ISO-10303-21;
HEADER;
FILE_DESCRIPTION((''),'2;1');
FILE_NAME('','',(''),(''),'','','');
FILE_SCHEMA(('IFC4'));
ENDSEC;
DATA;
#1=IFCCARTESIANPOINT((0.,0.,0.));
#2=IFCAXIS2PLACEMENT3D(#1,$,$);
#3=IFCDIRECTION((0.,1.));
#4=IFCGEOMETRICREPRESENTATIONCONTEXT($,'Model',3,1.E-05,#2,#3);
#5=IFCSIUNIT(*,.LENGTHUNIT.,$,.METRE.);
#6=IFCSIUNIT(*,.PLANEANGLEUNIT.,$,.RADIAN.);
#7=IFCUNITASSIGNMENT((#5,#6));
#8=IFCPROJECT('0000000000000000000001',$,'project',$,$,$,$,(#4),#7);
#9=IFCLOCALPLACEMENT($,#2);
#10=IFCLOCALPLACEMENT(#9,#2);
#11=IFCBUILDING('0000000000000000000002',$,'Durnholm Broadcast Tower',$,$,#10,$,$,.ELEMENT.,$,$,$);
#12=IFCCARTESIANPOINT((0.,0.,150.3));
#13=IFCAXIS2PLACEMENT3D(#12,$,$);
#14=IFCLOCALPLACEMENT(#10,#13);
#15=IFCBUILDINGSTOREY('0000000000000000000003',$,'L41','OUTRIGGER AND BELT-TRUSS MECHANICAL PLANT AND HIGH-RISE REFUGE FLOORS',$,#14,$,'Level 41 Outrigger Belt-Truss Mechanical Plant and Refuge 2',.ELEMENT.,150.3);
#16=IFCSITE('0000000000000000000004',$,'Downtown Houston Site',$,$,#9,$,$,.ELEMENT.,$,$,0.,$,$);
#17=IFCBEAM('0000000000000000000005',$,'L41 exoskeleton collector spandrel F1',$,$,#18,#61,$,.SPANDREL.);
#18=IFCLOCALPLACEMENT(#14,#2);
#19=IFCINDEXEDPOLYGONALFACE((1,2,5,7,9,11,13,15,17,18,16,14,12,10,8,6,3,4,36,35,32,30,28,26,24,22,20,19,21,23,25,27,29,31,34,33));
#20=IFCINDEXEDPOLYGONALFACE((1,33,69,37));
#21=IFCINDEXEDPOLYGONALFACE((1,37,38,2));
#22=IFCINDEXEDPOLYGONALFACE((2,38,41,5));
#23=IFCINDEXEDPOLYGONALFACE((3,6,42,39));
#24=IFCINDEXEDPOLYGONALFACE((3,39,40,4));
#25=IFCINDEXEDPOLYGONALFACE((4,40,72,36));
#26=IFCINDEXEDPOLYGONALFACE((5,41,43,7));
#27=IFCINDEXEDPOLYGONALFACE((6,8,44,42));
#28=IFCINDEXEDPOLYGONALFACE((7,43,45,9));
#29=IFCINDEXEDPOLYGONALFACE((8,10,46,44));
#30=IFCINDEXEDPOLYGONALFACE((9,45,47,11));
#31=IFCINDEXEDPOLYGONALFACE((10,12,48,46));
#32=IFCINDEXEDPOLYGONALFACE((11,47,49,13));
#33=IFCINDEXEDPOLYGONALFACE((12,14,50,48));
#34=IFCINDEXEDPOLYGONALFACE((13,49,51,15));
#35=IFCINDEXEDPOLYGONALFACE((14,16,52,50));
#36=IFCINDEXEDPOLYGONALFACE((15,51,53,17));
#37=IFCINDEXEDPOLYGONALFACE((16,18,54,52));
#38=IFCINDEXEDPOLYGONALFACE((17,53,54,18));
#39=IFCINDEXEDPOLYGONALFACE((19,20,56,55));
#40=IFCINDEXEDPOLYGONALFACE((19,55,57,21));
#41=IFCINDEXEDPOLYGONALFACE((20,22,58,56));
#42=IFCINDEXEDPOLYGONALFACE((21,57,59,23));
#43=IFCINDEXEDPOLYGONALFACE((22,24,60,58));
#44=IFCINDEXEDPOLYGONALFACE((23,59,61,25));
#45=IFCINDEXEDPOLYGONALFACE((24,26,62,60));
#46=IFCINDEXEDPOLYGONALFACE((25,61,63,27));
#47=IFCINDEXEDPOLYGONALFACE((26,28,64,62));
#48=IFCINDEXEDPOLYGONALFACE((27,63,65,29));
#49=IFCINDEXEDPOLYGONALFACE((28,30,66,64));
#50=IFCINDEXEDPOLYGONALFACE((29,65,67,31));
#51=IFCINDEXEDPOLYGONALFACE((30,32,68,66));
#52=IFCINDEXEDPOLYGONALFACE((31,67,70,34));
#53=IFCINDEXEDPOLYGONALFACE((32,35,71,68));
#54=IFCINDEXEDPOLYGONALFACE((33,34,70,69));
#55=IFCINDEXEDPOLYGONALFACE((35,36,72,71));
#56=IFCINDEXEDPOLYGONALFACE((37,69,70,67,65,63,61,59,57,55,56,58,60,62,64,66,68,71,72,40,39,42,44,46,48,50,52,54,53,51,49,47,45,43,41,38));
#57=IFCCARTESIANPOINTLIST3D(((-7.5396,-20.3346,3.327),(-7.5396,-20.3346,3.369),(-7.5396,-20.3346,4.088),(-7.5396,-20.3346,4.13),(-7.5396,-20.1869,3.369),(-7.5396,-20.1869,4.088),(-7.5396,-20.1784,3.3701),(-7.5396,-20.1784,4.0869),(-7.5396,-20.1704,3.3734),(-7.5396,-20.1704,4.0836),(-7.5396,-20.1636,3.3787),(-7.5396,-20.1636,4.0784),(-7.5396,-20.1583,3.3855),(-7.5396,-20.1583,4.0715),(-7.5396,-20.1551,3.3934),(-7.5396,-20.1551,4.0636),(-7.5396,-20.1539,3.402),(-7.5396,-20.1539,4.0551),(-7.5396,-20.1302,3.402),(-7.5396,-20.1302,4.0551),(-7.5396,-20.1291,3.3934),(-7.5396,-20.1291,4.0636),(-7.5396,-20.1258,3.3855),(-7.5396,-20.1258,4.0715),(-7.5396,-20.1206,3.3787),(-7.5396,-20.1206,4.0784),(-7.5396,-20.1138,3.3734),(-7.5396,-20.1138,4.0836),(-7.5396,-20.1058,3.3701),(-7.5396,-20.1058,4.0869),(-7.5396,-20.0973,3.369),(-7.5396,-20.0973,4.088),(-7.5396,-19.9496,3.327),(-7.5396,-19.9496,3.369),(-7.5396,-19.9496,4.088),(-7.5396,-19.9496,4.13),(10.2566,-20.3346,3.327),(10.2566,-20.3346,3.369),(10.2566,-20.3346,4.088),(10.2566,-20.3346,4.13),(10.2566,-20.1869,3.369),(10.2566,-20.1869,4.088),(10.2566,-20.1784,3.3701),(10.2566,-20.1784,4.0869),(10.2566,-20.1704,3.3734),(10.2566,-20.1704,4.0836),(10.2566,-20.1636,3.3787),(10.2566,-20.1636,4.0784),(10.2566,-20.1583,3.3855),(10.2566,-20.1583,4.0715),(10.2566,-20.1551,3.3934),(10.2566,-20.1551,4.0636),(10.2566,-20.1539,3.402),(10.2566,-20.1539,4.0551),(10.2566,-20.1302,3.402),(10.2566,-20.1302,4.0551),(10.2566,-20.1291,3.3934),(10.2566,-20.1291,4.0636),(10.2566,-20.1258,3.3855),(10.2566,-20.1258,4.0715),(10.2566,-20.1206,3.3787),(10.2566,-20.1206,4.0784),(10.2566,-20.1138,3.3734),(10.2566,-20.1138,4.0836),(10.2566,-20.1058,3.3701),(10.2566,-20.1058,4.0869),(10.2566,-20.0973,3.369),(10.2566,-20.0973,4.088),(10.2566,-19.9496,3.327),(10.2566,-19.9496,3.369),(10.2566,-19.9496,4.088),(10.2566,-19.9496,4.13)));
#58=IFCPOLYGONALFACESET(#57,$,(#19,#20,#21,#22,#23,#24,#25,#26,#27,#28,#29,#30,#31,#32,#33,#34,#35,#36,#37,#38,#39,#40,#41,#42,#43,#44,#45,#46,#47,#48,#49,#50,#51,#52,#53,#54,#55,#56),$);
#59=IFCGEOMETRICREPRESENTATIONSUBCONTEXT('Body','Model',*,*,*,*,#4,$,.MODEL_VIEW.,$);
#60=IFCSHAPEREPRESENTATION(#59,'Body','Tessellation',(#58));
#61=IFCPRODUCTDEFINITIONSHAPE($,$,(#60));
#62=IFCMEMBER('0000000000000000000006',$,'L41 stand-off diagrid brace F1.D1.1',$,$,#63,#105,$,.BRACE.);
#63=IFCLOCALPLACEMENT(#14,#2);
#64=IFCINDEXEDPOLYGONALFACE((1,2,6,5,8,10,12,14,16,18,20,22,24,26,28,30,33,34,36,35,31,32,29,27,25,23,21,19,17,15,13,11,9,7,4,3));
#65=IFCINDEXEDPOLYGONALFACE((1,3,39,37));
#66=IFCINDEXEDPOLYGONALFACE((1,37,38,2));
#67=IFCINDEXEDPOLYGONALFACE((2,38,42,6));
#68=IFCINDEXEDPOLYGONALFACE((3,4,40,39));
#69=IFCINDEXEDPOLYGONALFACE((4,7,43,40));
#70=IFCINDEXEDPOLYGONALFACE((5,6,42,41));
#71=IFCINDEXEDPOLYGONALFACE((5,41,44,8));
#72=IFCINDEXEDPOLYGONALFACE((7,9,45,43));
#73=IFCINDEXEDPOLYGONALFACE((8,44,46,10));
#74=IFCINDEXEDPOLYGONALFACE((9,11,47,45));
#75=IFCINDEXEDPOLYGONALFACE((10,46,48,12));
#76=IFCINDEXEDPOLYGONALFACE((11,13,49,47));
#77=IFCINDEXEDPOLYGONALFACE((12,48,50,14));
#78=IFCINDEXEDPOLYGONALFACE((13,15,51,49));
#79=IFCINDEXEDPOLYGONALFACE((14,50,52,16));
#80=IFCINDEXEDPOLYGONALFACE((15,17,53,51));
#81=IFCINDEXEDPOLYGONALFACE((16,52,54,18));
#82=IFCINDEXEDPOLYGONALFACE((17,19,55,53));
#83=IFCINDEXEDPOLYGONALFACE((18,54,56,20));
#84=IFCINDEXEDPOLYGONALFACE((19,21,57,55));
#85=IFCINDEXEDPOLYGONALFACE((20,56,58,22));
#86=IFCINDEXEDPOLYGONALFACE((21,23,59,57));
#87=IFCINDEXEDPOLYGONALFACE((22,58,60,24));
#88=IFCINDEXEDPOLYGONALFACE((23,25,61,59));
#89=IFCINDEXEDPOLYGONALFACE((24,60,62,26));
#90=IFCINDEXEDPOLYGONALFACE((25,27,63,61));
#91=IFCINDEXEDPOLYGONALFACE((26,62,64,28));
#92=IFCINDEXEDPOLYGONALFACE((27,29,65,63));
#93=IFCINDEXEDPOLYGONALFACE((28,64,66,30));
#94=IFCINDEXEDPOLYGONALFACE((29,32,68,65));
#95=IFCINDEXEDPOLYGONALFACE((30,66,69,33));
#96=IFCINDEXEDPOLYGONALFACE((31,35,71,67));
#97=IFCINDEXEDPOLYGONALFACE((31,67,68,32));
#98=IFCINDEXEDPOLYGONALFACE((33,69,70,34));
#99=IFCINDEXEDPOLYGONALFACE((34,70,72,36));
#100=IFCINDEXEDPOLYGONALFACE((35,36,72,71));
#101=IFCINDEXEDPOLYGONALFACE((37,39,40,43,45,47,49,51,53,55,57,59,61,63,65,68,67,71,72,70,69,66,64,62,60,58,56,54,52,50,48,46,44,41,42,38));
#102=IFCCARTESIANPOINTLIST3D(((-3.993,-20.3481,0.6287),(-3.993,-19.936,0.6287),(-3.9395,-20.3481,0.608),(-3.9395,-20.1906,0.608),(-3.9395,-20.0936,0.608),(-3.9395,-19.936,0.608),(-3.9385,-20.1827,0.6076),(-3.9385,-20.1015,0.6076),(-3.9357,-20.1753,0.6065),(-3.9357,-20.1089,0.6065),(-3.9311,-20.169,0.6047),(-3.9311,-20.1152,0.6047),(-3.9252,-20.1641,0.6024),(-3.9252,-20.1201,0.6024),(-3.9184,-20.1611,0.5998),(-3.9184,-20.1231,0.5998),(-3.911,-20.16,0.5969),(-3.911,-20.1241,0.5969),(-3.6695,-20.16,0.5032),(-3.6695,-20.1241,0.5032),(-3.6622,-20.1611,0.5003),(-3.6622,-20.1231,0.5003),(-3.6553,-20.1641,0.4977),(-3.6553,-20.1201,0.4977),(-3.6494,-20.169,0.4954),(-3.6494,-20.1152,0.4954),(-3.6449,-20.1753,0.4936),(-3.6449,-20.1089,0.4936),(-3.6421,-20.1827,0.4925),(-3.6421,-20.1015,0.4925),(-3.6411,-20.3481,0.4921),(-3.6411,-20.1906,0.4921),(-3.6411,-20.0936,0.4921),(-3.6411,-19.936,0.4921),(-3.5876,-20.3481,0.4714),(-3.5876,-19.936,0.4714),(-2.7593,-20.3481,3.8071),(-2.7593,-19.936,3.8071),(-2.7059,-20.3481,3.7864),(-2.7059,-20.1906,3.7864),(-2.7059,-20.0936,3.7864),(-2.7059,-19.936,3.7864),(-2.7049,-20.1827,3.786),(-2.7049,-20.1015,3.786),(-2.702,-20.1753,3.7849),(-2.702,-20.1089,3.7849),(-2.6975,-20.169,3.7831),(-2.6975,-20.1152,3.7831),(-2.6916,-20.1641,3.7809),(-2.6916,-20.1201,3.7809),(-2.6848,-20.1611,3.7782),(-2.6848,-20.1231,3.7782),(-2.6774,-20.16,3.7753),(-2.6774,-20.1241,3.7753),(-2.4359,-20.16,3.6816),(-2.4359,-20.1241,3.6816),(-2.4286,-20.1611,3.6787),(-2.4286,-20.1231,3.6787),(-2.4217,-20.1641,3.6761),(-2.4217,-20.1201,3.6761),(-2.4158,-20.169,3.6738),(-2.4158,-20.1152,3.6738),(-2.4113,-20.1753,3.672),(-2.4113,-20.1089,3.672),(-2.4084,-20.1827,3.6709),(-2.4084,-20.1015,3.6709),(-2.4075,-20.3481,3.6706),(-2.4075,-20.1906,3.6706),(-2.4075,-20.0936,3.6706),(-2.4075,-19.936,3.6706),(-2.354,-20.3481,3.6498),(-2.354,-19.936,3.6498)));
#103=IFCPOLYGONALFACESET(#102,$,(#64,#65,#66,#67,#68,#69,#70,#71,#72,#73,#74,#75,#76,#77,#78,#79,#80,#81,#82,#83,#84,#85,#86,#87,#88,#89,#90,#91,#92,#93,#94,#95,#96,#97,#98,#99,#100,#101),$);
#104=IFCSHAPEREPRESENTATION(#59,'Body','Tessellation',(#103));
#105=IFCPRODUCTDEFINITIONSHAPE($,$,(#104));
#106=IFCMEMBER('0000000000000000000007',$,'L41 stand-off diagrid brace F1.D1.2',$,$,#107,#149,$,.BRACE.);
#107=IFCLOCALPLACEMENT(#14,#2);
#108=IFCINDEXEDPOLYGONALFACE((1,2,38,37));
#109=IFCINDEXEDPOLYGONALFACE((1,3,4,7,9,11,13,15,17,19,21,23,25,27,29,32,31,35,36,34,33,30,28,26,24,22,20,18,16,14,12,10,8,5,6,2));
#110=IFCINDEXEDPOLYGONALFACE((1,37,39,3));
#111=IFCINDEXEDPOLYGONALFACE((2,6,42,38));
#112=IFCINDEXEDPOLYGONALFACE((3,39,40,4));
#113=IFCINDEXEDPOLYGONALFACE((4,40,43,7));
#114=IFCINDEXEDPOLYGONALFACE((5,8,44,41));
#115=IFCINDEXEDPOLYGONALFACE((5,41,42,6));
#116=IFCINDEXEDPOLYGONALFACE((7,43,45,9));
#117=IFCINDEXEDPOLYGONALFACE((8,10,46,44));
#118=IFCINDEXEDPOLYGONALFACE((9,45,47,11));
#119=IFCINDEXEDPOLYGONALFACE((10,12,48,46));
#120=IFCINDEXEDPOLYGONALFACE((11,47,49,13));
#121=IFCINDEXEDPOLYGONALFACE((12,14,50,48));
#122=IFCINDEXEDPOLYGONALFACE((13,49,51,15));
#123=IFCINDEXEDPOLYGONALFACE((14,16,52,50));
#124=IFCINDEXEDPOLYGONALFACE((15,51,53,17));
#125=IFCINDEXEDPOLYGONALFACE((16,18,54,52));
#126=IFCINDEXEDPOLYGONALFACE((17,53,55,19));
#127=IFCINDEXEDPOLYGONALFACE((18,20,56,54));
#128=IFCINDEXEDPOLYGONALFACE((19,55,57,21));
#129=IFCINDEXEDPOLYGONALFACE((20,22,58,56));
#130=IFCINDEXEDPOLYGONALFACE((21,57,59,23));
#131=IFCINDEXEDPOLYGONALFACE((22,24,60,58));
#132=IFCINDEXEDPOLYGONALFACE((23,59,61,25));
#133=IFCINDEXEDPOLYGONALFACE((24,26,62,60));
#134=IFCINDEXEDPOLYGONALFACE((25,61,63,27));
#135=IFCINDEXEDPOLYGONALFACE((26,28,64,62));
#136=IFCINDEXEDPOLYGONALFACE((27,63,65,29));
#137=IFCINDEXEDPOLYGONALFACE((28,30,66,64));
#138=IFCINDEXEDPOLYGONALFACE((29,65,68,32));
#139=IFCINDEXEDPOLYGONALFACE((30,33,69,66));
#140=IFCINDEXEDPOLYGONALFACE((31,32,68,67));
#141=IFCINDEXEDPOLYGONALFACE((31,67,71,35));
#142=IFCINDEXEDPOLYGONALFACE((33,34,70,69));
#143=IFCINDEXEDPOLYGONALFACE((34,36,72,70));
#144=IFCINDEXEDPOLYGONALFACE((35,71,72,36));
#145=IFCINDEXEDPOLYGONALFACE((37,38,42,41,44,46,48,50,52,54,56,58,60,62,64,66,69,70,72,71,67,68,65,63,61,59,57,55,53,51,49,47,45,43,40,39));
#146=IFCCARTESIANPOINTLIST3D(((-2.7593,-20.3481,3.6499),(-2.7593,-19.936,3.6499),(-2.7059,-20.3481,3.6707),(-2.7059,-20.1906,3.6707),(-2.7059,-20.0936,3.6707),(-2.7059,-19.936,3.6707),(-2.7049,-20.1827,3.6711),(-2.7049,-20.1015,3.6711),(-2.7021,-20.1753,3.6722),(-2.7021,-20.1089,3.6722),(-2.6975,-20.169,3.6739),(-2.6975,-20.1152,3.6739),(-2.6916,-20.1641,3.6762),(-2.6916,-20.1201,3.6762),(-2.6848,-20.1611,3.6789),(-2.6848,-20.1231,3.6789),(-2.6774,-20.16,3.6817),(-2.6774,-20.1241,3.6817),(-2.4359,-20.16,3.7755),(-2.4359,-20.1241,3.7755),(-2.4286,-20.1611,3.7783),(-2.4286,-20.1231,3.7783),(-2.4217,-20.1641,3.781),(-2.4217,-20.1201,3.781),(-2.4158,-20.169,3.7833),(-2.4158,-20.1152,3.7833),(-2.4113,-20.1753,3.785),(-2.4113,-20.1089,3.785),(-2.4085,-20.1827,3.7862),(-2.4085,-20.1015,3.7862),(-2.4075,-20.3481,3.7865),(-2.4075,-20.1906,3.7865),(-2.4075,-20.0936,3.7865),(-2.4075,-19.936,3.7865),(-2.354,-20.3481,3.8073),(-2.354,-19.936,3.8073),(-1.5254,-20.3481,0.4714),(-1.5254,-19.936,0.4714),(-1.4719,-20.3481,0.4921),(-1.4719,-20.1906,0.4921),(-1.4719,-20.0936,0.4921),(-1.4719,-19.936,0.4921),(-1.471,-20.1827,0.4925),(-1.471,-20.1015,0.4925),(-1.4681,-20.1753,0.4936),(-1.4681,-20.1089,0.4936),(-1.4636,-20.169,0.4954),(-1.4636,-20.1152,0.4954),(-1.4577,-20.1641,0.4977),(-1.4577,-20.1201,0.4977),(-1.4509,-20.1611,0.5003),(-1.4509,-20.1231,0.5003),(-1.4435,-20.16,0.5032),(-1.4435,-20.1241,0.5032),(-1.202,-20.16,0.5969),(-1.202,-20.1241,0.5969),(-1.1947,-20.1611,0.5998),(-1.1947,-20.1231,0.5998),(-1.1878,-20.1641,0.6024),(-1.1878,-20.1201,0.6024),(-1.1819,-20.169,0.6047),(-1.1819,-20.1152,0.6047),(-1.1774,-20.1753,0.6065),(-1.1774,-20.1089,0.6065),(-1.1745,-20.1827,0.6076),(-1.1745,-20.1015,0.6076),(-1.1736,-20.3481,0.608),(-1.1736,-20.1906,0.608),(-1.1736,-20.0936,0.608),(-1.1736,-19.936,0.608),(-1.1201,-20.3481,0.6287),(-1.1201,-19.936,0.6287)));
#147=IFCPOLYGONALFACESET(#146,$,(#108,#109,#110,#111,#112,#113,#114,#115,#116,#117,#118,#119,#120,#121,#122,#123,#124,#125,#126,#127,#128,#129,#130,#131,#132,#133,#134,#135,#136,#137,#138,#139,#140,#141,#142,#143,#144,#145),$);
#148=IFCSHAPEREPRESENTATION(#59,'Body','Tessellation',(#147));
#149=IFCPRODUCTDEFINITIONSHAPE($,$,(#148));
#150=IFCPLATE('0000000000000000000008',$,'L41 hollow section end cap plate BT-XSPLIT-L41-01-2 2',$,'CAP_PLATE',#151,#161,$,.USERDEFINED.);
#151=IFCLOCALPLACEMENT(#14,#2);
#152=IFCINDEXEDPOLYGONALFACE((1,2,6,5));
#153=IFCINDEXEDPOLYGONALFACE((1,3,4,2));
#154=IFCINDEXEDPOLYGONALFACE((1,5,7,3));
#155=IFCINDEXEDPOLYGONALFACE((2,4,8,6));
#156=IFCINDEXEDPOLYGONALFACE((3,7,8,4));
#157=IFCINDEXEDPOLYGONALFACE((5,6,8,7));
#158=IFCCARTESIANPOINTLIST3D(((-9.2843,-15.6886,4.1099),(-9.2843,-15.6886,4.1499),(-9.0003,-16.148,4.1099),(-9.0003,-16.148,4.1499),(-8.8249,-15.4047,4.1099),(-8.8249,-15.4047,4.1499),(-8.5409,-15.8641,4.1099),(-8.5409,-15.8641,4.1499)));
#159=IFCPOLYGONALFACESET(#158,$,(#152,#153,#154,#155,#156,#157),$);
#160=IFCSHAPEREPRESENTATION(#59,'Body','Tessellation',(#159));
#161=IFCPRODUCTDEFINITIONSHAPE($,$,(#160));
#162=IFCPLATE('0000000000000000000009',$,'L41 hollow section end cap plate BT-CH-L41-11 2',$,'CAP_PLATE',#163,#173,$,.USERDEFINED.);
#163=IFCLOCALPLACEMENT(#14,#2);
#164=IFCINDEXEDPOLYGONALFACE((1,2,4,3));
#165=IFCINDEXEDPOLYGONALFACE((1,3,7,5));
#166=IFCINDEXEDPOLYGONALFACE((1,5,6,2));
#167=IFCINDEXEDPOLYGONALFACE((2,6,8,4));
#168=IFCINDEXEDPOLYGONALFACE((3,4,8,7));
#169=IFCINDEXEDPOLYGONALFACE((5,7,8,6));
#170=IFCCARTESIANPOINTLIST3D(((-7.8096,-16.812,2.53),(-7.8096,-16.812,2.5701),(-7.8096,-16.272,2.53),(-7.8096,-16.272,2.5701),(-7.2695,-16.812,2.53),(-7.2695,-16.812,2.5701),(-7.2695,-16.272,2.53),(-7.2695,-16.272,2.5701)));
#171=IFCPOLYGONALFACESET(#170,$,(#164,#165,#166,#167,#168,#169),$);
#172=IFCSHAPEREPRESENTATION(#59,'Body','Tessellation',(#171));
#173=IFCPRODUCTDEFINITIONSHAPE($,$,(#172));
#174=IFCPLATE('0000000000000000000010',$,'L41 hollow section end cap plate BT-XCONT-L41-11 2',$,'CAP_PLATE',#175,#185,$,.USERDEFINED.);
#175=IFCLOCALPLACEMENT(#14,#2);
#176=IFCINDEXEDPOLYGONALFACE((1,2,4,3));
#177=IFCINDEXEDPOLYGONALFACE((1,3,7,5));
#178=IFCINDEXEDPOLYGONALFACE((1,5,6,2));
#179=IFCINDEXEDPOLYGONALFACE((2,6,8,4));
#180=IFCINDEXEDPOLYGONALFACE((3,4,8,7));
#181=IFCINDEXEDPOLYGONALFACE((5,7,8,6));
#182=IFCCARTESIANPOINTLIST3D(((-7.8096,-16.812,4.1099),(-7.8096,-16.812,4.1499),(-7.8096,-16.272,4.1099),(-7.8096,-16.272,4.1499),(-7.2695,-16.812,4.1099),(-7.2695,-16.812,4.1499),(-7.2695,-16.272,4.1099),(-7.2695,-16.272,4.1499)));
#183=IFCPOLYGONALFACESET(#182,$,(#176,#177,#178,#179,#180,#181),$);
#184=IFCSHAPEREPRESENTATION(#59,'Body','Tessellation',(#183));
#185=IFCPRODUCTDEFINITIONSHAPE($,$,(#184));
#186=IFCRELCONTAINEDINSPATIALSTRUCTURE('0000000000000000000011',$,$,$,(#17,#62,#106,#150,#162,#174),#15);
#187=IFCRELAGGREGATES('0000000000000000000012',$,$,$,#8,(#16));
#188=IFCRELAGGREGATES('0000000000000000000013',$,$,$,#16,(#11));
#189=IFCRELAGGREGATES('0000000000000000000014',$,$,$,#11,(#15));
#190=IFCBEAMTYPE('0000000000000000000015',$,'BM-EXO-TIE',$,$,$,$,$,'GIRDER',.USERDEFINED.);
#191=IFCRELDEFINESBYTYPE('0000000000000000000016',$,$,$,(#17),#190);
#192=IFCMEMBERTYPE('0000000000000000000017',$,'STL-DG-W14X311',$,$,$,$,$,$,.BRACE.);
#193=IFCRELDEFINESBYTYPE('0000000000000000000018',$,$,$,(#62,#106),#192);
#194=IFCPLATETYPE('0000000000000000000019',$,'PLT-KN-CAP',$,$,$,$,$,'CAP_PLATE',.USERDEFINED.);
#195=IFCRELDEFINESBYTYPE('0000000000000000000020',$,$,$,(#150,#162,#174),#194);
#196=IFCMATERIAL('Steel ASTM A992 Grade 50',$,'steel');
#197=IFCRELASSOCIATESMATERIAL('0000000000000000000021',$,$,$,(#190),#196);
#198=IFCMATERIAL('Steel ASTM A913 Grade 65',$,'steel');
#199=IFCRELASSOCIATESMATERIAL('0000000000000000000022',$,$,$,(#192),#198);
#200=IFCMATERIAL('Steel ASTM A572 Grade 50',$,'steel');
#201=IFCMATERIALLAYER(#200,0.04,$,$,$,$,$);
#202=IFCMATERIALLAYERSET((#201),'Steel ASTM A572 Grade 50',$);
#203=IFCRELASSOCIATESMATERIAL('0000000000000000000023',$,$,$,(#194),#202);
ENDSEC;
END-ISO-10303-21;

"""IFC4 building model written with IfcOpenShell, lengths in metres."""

from ifc_helpers import new_model, si_unit, direction, frame, origin, origin_2d, place, context, subcontext, project, spatial, rectangle, i_section, extrude, source, transform, mapped, material, layer, layer_set, material_profile, profile_set, type_object, type_shapes, element, save


model = new_model("IFC4")

# Units and contexts
model_context = context("Model", 3, precision=1e-05, world=origin(), true_north=direction((0.0, 1.0)))
body_context = subcontext(model_context, "Body", "Model", "MODEL_VIEW")
ifc_project = project(units=[si_unit("LENGTHUNIT", "METRE"), si_unit("PLANEANGLEUNIT", "RADIAN")], contexts=[model_context])

# Site, building, storey
site_placement = place(None, origin())
site = spatial("IfcSite", under=ifc_project, at=site_placement, Name="Downtown Houston Site", CompositionType="ELEMENT", RefElevation=0.0)
building_placement = place(site_placement, origin())
building = spatial("IfcBuilding", under=site, at=building_placement, Name="Durnholm Broadcast Tower", CompositionType="ELEMENT")
storey_placement = place(building_placement, frame((0.0, 0.0, 150.3)))
storey = spatial("IfcBuildingStorey", under=building, at=storey_placement, Name="L41", Description="OUTRIGGER AND BELT-TRUSS MECHANICAL PLANT AND HIGH-RISE REFUGE FLOORS", LongName="Level 41 Outrigger Belt-Truss Mechanical Plant and Refuge 2", CompositionType="ELEMENT", Elevation=150.3)

# Shared definitions
ifc_material_1 = material(Name="Steel ASTM A992 Grade 50", Category="steel")
ifc_material_profile_1 = material_profile(ifc_material_1, i_section(OverallWidth=0.385, OverallDepth=0.803, WebThickness=0.0237, FlangeThickness=0.042, FilletRadius=0.033, at=origin_2d()), Name="W30X261")
ifc_profile_set_1 = profile_set([ifc_material_profile_1], Name="Steel ASTM A992 Grade 50")
beam_type_1 = type_object("IfcBeamType", Name="BM-EXO-TIE", ElementType="GIRDER", PredefinedType="USERDEFINED", material=ifc_profile_set_1)

# Shared definitions
ifc_material_2 = material(Name="Steel ASTM A913 Grade 65", Category="steel")
ifc_material_profile_2 = material_profile(ifc_material_2, i_section(OverallWidth=0.4121, OverallDepth=0.4348, WebThickness=0.0359, FlangeThickness=0.0574, FilletRadius=0.0305, at=origin_2d()), Name="W14X311")
ifc_profile_set_2 = profile_set([ifc_material_profile_2], Name="Steel ASTM A913 Grade 65")
member_type_1 = type_object("IfcMemberType", Name="STL-DG-W14X311", PredefinedType="BRACE", material=ifc_profile_set_2)

# Beam
shared_shape_1 = source(origin(), body_context, "Body", "SweptSolid", [
    extrude(i_section(OverallWidth=0.385, OverallDepth=0.803, WebThickness=0.0237, FlangeThickness=0.042, FilletRadius=0.033, at=origin_2d()), origin(), (0.0, 0.0, 1.0), 17.7961),
])
for number, where, z_axis, x_axis, name in (
    (1, (-7.5396, -20.1421, 3.7285), (1.0, 0.0, 0.0), (0.0, 1.0, 0.0), "L41 exoskeleton collector spandrel F1"),
):
    element("IfcBeam", number, at=place(storey_placement, frame(where, z_axis=z_axis, x_axis=x_axis)), inside=storey, type_object=beam_type_1, Name=name, PredefinedType="SPANDREL", context=body_context, shape_type="MappedRepresentation", body=[
        mapped(shared_shape_1, transform((0.0, 0.0, 0.0), x_axis=(1.0, 0.0, 0.0), y_axis=(0.0, 1.0, 0.0), z_axis=(0.0, 0.0, 1.0), scale=1.0)),
    ])

# Members
shared_shape_2 = source(origin(), body_context, "Body", "SweptSolid", [
    extrude(i_section(OverallWidth=0.4121, OverallDepth=0.4348, WebThickness=0.0359, FlangeThickness=0.0574, FilletRadius=0.0305, at=origin_2d()), origin(), (0.0, 0.0, 1.0), 3.4094),
])
member_1_placement = place(storey_placement, frame((-3.7903, -20.1421, 0.55), z_axis=(0.361828, 0.0, 0.932245), x_axis=(0.0, 1.0, 0.0)))
element("IfcMember", 2, at=member_1_placement, inside=storey, type_object=member_type_1, Name="L41 stand-off diagrid brace F1.D1.1", PredefinedType="BRACE", context=body_context, shape_type="MappedRepresentation", body=[
    mapped(shared_shape_2, transform((0.0, 0.0, 0.0), x_axis=(1.0, 0.0, 0.0), y_axis=(0.0, 1.0, 0.0), z_axis=(0.0, 0.0, 1.0), scale=1.0)),
])
shared_shape_3 = source(origin(), body_context, "Body", "SweptSolid", [
    extrude(i_section(OverallWidth=0.4121, OverallDepth=0.4348, WebThickness=0.0359, FlangeThickness=0.0574, FilletRadius=0.0305, at=origin_2d()), origin(), (0.0, 0.0, 1.0), 3.4097),
])
member_2_placement = place(storey_placement, frame((-1.3228, -20.1421, 0.55), z_axis=(-0.36189, 0.0, 0.932221), x_axis=(0.0, -1.0, 0.0)))
element("IfcMember", 3, at=member_2_placement, inside=storey, type_object=member_type_1, Name="L41 stand-off diagrid brace F1.D1.2", PredefinedType="BRACE", context=body_context, shape_type="MappedRepresentation", body=[
    mapped(shared_shape_3, transform((0.0, 0.0, 0.0), x_axis=(1.0, 0.0, 0.0), y_axis=(0.0, 1.0, 0.0), z_axis=(0.0, 0.0, 1.0), scale=1.0)),
])

# Plates
ifc_material_3 = material(Name="Steel ASTM A572 Grade 50", Category="steel")
ifc_layer_1 = layer(ifc_material_3, 0.04)
ifc_layer_set_1 = layer_set([ifc_layer_1], Name="Steel ASTM A572 Grade 50")
plate_type_1 = type_object("IfcPlateType", Name="PLT-KN-CAP", ElementType="CAP_PLATE", PredefinedType="USERDEFINED", material=ifc_layer_set_1)
shared_shape_4 = source(origin(), body_context, "Body", "SweptSolid", [
    extrude(rectangle(XDim=0.54, YDim=0.54, at=origin_2d()), origin(), (0.0, 0.0, 1.0), 0.04),
])
type_shapes(plate_type_1, [shared_shape_4])
for number, where, z_axis, x_axis, name in (
    (4, (-8.9126, -15.7764, 4.1099), (0.0, 0.0, 1.0), (0.525769, -0.850628, 0.0), "L41 hollow section end cap plate BT-XSPLIT-L41-01-2 2"),
    (5, (-7.5396, -16.542, 2.53), (0.0, 0.0, 1.0), (-1.0, 0.0, 0.0), "L41 hollow section end cap plate BT-CH-L41-11 2"),
    (6, (-7.5396, -16.542, 4.1099), (0.0, 0.0, 1.0), (-1.0, 0.0, 0.0), "L41 hollow section end cap plate BT-XCONT-L41-11 2"),
):
    element("IfcPlate", number, at=place(storey_placement, frame(where, z_axis=z_axis, x_axis=x_axis)), inside=storey, type_object=plate_type_1, Name=name, ObjectType="CAP_PLATE", PredefinedType="USERDEFINED", context=body_context, shape_type="MappedRepresentation", body=[
        mapped(shared_shape_4, transform((0.0, 0.0, 0.0), x_axis=(1.0, 0.0, 0.0), y_axis=(0.0, 1.0, 0.0), z_axis=(0.0, 0.0, 1.0), scale=1.0)),
    ])

save(model, "model.ifc")
